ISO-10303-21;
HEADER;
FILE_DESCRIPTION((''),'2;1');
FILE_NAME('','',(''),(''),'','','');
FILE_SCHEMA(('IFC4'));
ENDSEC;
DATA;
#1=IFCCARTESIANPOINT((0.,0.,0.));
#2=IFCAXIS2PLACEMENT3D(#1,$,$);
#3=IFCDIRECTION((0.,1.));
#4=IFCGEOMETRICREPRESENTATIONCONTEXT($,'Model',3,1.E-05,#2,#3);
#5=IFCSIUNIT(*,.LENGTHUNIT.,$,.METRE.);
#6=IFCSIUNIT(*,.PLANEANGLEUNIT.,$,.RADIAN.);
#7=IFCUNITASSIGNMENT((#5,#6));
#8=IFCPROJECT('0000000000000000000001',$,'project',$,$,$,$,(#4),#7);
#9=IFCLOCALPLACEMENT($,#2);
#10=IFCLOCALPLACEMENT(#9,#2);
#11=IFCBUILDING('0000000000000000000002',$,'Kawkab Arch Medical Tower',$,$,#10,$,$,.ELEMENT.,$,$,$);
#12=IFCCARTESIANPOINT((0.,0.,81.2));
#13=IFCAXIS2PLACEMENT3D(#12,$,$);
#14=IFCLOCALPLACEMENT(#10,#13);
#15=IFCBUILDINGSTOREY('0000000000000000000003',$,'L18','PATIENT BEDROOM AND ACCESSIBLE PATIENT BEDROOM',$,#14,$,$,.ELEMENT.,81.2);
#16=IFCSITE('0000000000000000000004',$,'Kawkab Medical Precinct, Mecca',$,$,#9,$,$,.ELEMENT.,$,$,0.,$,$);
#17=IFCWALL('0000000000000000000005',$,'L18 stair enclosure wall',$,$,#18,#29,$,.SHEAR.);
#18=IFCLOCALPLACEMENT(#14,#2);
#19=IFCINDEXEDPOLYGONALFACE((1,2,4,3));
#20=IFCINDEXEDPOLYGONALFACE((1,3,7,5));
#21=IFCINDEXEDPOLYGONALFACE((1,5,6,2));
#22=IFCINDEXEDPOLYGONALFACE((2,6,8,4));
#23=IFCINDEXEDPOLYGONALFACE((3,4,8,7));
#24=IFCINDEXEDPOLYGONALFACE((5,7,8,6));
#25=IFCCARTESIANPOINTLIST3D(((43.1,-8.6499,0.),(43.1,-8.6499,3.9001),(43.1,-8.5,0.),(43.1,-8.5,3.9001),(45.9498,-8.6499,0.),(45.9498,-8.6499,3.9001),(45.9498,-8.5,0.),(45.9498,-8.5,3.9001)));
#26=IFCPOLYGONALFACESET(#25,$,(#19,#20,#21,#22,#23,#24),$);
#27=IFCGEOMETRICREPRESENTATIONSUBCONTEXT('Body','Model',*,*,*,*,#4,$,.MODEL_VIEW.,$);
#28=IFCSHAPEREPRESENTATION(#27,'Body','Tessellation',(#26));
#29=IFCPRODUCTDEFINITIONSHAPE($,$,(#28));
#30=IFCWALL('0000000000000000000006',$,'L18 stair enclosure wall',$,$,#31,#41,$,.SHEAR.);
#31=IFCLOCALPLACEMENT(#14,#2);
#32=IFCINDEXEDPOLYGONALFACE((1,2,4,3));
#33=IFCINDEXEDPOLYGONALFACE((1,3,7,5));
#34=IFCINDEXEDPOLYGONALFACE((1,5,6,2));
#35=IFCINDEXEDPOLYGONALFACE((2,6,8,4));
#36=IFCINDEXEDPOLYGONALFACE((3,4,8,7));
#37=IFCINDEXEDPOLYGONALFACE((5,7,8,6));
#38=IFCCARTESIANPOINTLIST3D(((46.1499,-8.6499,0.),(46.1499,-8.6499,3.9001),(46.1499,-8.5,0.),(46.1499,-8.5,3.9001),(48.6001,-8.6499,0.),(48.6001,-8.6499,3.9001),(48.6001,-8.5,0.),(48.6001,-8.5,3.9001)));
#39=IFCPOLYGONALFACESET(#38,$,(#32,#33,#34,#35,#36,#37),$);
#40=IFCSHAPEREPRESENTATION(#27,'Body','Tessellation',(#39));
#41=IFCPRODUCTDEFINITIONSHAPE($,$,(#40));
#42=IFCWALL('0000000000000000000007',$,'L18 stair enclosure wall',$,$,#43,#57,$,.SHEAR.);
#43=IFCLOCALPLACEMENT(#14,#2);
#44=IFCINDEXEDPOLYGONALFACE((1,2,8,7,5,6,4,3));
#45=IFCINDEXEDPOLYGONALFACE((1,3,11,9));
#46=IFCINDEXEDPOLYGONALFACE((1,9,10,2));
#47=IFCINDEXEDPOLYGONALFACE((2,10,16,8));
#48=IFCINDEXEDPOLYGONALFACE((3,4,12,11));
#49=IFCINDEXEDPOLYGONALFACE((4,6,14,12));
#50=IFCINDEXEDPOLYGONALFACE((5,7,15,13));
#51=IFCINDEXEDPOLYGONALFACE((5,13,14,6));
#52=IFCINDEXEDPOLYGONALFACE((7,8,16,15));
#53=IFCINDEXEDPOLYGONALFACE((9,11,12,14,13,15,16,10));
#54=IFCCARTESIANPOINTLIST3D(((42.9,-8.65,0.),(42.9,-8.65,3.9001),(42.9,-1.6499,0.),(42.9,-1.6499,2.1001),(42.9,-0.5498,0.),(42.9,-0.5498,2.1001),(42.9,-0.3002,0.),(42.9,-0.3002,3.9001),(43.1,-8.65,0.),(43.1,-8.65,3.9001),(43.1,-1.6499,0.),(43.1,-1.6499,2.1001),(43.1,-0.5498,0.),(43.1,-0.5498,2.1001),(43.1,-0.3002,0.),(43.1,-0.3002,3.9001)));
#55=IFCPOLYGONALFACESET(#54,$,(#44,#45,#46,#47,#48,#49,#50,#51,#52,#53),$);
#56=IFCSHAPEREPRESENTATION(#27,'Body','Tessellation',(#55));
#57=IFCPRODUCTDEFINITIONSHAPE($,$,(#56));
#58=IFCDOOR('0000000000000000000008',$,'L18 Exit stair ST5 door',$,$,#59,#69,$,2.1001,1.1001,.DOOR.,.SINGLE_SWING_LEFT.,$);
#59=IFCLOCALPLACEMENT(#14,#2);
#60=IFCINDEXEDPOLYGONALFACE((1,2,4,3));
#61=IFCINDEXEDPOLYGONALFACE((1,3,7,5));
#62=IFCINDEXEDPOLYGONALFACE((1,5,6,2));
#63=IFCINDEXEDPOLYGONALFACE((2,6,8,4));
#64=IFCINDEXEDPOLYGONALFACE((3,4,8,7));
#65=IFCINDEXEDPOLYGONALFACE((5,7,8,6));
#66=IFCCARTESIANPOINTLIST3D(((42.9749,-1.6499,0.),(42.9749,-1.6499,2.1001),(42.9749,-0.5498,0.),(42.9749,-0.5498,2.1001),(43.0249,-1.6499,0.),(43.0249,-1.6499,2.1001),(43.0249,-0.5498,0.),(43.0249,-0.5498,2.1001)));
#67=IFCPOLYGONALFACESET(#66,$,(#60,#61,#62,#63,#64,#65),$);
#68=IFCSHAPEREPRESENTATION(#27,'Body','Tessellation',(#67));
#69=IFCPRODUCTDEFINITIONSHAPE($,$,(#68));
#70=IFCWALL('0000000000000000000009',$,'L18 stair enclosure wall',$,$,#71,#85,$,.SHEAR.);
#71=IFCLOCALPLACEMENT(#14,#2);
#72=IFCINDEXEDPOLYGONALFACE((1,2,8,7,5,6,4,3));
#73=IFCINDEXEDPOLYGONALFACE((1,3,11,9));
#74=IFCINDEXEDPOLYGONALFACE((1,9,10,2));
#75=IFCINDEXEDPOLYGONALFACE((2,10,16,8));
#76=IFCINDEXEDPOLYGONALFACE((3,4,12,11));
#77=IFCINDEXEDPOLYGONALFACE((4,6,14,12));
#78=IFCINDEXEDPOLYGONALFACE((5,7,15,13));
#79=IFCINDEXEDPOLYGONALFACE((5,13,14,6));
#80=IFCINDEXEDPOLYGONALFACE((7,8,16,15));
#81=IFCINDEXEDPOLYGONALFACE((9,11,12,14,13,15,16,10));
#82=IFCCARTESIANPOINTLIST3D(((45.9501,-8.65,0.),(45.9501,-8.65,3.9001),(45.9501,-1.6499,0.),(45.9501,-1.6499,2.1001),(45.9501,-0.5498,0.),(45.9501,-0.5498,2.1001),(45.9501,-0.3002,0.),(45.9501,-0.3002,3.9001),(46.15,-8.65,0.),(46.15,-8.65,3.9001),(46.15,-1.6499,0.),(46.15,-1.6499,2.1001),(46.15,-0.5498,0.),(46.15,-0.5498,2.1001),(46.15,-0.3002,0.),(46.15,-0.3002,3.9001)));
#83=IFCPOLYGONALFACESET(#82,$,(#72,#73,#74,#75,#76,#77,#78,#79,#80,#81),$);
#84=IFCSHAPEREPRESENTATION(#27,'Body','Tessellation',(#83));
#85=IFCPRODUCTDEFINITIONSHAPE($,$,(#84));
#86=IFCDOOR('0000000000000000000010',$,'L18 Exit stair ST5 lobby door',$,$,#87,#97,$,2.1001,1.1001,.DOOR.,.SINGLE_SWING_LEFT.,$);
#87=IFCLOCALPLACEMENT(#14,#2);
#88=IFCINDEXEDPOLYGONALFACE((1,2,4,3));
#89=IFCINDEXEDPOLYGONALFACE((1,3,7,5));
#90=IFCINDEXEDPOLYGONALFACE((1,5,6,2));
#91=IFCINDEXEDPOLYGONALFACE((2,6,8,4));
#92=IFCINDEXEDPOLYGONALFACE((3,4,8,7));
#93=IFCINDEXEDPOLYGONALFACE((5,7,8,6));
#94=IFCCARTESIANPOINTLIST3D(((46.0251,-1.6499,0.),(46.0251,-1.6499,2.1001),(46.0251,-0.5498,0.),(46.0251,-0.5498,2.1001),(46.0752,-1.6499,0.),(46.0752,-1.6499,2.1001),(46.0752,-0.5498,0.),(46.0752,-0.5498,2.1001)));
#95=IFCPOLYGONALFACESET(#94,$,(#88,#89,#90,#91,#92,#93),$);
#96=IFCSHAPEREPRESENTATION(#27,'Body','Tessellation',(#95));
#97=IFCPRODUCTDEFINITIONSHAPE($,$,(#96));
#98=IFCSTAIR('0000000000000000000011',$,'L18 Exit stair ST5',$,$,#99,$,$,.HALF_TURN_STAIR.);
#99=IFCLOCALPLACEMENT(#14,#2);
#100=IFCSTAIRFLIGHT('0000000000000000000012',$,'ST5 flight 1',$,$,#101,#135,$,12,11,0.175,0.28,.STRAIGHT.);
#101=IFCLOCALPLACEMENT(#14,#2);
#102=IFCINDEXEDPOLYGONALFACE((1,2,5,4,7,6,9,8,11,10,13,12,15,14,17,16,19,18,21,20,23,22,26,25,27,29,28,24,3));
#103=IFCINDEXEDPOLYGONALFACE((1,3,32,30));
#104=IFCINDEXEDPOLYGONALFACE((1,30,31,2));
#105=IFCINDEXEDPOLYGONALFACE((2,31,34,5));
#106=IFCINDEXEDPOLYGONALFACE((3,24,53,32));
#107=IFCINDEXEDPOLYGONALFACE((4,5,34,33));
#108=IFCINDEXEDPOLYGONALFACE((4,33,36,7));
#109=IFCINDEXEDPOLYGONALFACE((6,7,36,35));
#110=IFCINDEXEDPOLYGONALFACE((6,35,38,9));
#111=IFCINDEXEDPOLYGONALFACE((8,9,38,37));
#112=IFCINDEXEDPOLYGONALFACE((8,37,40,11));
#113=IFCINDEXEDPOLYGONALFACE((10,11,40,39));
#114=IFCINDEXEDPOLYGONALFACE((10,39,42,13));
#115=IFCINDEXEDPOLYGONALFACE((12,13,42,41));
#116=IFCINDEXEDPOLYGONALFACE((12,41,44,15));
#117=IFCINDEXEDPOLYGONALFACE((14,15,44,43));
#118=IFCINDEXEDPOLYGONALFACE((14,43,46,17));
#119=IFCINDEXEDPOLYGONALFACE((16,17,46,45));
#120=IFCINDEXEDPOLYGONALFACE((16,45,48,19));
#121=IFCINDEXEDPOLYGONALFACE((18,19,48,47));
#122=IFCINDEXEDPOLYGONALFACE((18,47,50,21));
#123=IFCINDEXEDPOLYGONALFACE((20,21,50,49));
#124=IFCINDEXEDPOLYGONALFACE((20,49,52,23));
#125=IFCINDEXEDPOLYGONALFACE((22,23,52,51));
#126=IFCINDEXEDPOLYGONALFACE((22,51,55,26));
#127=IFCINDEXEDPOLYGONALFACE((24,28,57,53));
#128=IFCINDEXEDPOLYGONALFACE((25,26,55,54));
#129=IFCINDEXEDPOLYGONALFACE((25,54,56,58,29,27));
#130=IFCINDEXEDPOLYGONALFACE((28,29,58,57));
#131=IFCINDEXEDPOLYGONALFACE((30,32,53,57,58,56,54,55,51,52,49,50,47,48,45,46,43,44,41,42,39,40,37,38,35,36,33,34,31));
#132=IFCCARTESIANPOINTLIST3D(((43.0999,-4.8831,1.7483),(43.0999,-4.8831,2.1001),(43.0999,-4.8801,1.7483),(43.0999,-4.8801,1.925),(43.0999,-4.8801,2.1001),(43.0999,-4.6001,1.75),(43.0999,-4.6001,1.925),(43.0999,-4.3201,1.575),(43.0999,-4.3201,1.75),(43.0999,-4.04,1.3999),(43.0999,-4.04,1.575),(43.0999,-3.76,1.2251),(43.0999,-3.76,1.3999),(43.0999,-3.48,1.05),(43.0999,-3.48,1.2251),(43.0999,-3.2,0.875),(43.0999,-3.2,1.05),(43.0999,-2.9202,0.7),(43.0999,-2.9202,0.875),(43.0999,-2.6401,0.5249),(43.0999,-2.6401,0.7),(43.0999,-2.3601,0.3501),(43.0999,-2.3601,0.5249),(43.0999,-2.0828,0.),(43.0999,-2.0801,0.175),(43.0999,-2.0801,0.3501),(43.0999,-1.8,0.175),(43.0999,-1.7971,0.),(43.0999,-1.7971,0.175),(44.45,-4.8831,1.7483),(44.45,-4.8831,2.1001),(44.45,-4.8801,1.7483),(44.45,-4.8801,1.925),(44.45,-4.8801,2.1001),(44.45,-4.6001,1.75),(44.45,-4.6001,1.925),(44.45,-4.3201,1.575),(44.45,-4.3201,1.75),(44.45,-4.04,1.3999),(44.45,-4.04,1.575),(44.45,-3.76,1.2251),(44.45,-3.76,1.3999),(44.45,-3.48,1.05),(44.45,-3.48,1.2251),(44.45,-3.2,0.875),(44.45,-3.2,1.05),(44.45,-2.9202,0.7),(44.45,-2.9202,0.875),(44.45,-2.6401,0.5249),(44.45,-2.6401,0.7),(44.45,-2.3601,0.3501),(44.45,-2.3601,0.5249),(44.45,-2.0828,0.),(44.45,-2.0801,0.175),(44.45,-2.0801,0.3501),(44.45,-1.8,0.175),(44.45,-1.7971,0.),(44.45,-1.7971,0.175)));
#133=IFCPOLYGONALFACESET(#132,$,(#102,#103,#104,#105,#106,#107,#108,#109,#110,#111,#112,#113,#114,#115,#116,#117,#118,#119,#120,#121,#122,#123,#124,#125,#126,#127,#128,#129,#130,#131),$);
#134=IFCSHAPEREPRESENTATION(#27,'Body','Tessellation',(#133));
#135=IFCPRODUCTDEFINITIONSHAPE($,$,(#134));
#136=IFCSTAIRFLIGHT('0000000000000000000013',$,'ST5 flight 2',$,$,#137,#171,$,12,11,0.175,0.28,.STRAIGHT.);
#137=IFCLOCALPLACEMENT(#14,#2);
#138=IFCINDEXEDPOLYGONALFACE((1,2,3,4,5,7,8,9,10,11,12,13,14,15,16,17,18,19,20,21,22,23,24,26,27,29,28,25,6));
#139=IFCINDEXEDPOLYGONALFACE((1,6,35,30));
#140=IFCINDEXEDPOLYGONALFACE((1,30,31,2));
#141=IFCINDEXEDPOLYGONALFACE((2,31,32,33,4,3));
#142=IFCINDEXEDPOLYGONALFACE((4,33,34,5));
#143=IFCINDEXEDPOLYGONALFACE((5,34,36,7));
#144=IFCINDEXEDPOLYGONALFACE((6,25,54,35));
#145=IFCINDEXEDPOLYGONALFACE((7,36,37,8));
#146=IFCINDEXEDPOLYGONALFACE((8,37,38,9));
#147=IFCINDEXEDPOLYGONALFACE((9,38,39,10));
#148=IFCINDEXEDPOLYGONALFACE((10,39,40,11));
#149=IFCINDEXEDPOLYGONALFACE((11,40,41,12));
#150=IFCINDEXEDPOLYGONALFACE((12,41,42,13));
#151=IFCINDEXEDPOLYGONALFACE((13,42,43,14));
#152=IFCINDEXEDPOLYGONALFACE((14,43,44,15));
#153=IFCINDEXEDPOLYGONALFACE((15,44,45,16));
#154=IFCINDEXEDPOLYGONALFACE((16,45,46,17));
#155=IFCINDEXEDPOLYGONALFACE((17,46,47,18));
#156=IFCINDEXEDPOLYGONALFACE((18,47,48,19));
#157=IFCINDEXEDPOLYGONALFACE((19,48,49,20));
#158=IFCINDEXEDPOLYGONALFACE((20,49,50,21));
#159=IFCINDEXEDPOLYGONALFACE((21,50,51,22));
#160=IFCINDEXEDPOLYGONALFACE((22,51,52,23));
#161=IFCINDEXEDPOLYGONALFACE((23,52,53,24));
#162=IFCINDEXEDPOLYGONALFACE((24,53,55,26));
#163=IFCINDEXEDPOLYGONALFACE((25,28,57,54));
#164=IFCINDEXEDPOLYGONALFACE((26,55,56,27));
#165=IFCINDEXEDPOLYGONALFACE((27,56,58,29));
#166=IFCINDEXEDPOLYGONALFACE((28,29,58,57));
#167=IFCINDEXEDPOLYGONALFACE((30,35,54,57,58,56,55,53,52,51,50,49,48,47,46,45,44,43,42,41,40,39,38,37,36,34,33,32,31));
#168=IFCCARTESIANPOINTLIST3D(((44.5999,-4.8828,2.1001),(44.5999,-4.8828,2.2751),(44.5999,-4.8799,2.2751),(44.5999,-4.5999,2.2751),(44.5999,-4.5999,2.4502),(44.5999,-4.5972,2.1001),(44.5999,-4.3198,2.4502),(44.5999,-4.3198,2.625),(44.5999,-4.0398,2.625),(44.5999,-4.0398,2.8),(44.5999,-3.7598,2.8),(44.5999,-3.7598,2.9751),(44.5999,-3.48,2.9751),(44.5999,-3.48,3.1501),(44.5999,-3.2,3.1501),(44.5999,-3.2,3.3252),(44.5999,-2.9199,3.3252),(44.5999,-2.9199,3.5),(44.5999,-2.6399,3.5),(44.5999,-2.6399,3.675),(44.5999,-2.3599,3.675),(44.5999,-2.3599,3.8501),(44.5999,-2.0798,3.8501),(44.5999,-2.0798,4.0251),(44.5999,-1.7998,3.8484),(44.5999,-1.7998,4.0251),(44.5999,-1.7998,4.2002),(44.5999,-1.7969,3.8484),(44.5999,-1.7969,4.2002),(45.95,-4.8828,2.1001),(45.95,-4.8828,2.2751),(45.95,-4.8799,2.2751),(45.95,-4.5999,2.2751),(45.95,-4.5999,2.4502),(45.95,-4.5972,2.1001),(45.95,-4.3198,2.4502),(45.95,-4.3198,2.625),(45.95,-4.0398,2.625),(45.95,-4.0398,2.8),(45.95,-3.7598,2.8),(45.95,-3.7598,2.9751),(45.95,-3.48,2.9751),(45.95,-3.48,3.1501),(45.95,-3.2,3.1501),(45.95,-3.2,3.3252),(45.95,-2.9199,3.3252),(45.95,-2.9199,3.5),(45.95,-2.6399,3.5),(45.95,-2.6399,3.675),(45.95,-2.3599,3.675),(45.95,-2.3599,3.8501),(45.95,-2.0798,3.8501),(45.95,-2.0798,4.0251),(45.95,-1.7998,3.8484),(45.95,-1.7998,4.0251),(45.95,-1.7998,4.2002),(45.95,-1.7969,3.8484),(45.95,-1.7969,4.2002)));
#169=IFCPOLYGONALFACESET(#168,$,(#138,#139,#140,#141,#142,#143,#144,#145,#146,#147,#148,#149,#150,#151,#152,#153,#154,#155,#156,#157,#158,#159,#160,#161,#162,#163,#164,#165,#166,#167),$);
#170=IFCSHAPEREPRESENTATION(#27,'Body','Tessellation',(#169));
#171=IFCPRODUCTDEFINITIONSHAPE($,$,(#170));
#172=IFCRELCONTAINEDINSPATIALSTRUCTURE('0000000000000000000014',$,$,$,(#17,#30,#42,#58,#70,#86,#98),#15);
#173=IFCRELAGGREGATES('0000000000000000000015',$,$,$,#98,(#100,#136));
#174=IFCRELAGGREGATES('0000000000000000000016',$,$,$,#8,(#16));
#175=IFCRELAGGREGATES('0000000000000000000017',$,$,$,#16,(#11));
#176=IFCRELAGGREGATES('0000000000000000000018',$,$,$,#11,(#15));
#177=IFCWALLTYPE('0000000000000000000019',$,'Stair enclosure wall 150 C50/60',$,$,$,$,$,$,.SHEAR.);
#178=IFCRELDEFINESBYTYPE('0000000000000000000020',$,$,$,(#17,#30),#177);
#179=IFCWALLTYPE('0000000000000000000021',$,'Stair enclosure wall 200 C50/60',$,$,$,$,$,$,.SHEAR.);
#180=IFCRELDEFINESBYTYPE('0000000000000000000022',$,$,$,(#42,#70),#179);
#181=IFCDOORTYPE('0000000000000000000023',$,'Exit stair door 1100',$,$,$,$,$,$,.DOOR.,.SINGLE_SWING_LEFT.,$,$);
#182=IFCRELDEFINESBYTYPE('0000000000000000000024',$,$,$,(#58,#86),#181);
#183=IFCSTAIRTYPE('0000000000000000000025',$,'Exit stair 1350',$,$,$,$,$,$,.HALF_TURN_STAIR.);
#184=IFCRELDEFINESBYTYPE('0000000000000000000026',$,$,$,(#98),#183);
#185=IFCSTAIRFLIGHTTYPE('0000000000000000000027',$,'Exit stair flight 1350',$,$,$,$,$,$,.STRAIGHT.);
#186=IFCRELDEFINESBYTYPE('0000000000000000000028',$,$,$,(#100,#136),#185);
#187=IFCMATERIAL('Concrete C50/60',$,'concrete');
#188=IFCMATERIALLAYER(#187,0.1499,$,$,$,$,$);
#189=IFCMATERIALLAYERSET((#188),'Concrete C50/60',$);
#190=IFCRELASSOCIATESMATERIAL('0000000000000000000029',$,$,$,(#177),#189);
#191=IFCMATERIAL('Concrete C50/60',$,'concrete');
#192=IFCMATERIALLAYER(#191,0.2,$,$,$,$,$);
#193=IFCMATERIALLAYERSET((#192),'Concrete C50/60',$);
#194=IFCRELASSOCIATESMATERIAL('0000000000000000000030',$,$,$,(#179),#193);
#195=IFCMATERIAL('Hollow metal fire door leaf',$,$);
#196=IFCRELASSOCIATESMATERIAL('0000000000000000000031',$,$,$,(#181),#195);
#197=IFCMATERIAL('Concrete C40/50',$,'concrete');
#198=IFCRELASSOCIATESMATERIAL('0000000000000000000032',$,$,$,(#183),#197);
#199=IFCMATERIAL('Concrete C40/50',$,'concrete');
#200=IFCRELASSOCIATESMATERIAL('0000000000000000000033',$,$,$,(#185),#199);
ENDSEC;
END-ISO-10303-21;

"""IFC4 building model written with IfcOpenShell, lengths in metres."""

from ifc_helpers import new_model, si_unit, direction, frame, frame_2d, origin, place, context, subcontext, project, spatial, polyline, rectangle, outline, extrude, material, layer, layer_set, type_object, element, fill, aggregate, save


model = new_model("IFC4")

# Units and contexts
model_context = context("Model", 3, precision=1e-05, world=origin(), true_north=direction((0.0, 1.0)))
body_context = subcontext(model_context, "Body", "Model", "MODEL_VIEW")
ifc_project = project(units=[si_unit("LENGTHUNIT", "METRE"), si_unit("PLANEANGLEUNIT", "RADIAN")], contexts=[model_context])

# Site, building, storey
site_placement = place(None, origin())
site = spatial("IfcSite", under=ifc_project, at=site_placement, Name="Kawkab Medical Precinct, Mecca", CompositionType="ELEMENT", RefElevation=0.0)
building_placement = place(site_placement, origin())
building = spatial("IfcBuilding", under=site, at=building_placement, Name="Kawkab Arch Medical Tower", CompositionType="ELEMENT")
storey_placement = place(building_placement, frame((0.0, 0.0, 81.2)))
storey = spatial("IfcBuildingStorey", under=building, at=storey_placement, Name="L18", Description="PATIENT BEDROOM AND ACCESSIBLE PATIENT BEDROOM", CompositionType="ELEMENT", Elevation=81.2)

# Walls
ifc_material_1 = material(Name="Concrete C50/60", Category="concrete")
ifc_layer_1 = layer(ifc_material_1, 0.1499)
ifc_layer_set_1 = layer_set([ifc_layer_1], Name="Concrete C50/60")
wall_type_1 = type_object("IfcWallType", Name="Stair enclosure wall 150 C50/60", PredefinedType="SHEAR", material=ifc_layer_set_1)
wall_1_placement = place(storey_placement, frame((43.1001, -8.575, 0.0), z_axis=(0.0, 0.0, 1.0), x_axis=(1.0, 0.0, 0.0)))
element("IfcWall", 1, at=wall_1_placement, inside=storey, type_object=wall_type_1, Name="L18 stair enclosure wall", PredefinedType="SHEAR", context=body_context, shape_type="SweptSolid", body=[
    extrude(rectangle(XDim=2.8499, YDim=0.1499, at=frame_2d((1.4248, 0.0))), origin(), (0.0, 0.0, 1.0), 3.9001),
])
wall_2_placement = place(storey_placement, frame((46.1499, -8.575, 0.0), z_axis=(0.0, 0.0, 1.0), x_axis=(1.0, 0.0, 0.0)))
element("IfcWall", 2, at=wall_2_placement, inside=storey, type_object=wall_type_1, Name="L18 stair enclosure wall", PredefinedType="SHEAR", context=body_context, shape_type="SweptSolid", body=[
    extrude(rectangle(XDim=2.4502, YDim=0.1499, at=frame_2d((1.2251, 0.0))), origin(), (0.0, 0.0, 1.0), 3.9001),
])

# Walls, openings, doors
ifc_material_2 = material(Name="Concrete C50/60", Category="concrete")
ifc_layer_2 = layer(ifc_material_2, 0.2)
ifc_layer_set_2 = layer_set([ifc_layer_2], Name="Concrete C50/60")
wall_type_2 = type_object("IfcWallType", Name="Stair enclosure wall 200 C50/60", PredefinedType="SHEAR", material=ifc_layer_set_2)
wall_3_placement = place(storey_placement, frame((43.0, -8.6499, 0.0), z_axis=(0.0, 0.0, 1.0), x_axis=(0.0, 1.0, 0.0)))
wall_3 = element("IfcWall", 3, at=wall_3_placement, inside=storey, type_object=wall_type_2, Name="L18 stair enclosure wall", PredefinedType="SHEAR", context=body_context, shape_type="SweptSolid", body=[
    extrude(rectangle(XDim=8.3499, YDim=0.2, at=frame_2d((4.1748, 0.0))), origin(), (0.0, 0.0, 1.0), 3.9001),
])
opening_1_placement = place(wall_3_placement, frame((7.0, 0.0, 0.0)))
opening_1 = element("IfcOpeningElement", 4, at=opening_1_placement, cuts=wall_3, PredefinedType="OPENING", context=body_context, shape_type="SweptSolid", body=[
    extrude(rectangle(XDim=1.1001, YDim=2.1001, at=frame_2d((0.55, 1.05))), frame((0.0, 0.1099, 0.0), z_axis=(0.0, -1.0, 0.0), x_axis=(1.0, 0.0, 0.0)), (0.0, 0.0, 1.0), 0.22),
])
ifc_material_3 = material(Name="Hollow metal fire door leaf")
door_type_1 = type_object("IfcDoorType", Name="Exit stair door 1100", OperationType="SINGLE_SWING_LEFT", PredefinedType="DOOR", material=ifc_material_3)
door_1_placement = place(opening_1_placement, frame((1.1001, 0.0, 0.0), z_axis=(0.0, 0.0, 1.0), x_axis=(-1.0, 0.0, 0.0)))
door_1 = element("IfcDoor", 5, at=door_1_placement, inside=storey, type_object=door_type_1, Name="L18 Exit stair ST5 door", OperationType="SINGLE_SWING_LEFT", OverallHeight=2.1001, OverallWidth=1.1001, PredefinedType="DOOR", context=body_context, shape_type="SweptSolid", body=[
    extrude(rectangle(XDim=1.1001, YDim=2.1001, at=frame_2d((0.55, 1.05))), frame((0.0, 0.0249, 0.0), z_axis=(0.0, -1.0, 0.0), x_axis=(1.0, 0.0, 0.0)), (0.0, 0.0, 1.0), 0.05),
])
fill(opening_1, door_1)
wall_4_placement = place(storey_placement, frame((46.05, -8.6499, 0.0), z_axis=(0.0, 0.0, 1.0), x_axis=(0.0, 1.0, 0.0)))
wall_4 = element("IfcWall", 6, at=wall_4_placement, inside=storey, type_object=wall_type_2, Name="L18 stair enclosure wall", PredefinedType="SHEAR", context=body_context, shape_type="SweptSolid", body=[
    extrude(rectangle(XDim=8.3499, YDim=0.2, at=frame_2d((4.1748, 0.0))), origin(), (0.0, 0.0, 1.0), 3.9001),
])
opening_2_placement = place(wall_4_placement, frame((7.0, 0.0, 0.0)))
opening_2 = element("IfcOpeningElement", 7, at=opening_2_placement, cuts=wall_4, PredefinedType="OPENING", context=body_context, shape_type="SweptSolid", body=[
    extrude(rectangle(XDim=1.1001, YDim=2.1001, at=frame_2d((0.55, 1.05))), frame((0.0, 0.1099, 0.0), z_axis=(0.0, -1.0, 0.0), x_axis=(1.0, 0.0, 0.0)), (0.0, 0.0, 1.0), 0.22),
])
door_2_placement = place(opening_2_placement, origin())
door_2 = element("IfcDoor", 8, at=door_2_placement, inside=storey, type_object=door_type_1, Name="L18 Exit stair ST5 lobby door", OperationType="SINGLE_SWING_LEFT", OverallHeight=2.1001, OverallWidth=1.1001, PredefinedType="DOOR", context=body_context, shape_type="SweptSolid", body=[
    extrude(rectangle(XDim=1.1001, YDim=2.1001, at=frame_2d((0.55, 1.05))), frame((0.0, 0.0249, 0.0), z_axis=(0.0, -1.0, 0.0), x_axis=(1.0, 0.0, 0.0)), (0.0, 0.0, 1.0), 0.05),
])
fill(opening_2, door_2)

# Stair, stair flights
ifc_material_4 = material(Name="Concrete C40/50", Category="concrete")
stair_type = type_object("IfcStairType", Name="Exit stair 1350", PredefinedType="HALF_TURN_STAIR", material=ifc_material_4)
stair_placement = place(storey_placement, origin())
stair = element("IfcStair", 9, at=stair_placement, inside=storey, type_object=stair_type, Name="L18 Exit stair ST5", PredefinedType="HALF_TURN_STAIR")
ifc_material_5 = material(Name="Concrete C40/50", Category="concrete")
stair_flight_type = type_object("IfcStairFlightType", Name="Exit stair flight 1350", PredefinedType="STRAIGHT", material=ifc_material_5)
stair_flight_1_placement = place(storey_placement, frame((43.7749, -1.8, 0.0), z_axis=(0.0, 0.0, 1.0), x_axis=(0.0, -1.0, 0.0)))
stair_flight_1 = element("IfcStairFlight", 10, at=stair_flight_1_placement, type_object=stair_flight_type, Name="ST5 flight 1", NumberOfRisers=12, NumberOfTreads=11, PredefinedType="STRAIGHT", RiserHeight=0.175, TreadLength=0.28, context=body_context, shape_type="SweptSolid", body=[
    extrude(outline(polyline([(-0.0029, 0.0), (-0.0029, 0.175), (0.0, 0.175), (0.28, 0.175), (0.28, 0.3501), (0.5601, 0.3501), (0.5601, 0.5249), (0.8401, 0.5249), (0.8401, 0.7), (1.1201, 0.7), (1.1201, 0.875), (1.3999, 0.875), (1.3999, 1.05), (1.6799, 1.05), (1.6799, 1.2251), (1.96, 1.2251), (1.96, 1.3999), (2.24, 1.3999), (2.24, 1.575), (2.52, 1.575), (2.52, 1.75), (2.8, 1.75), (2.8, 1.925), (3.0801, 1.925), (3.0801, 2.1001), (3.083, 2.1001), (3.083, 1.7483), (3.0801, 1.7483), (0.2827, 0.0), (-0.0029, 0.0)])), frame((0.0, 0.675, 0.0), z_axis=(0.0, -1.0, 0.0), x_axis=(1.0, 0.0, 0.0)), (0.0, 0.0, 1.0), 1.3501),
])
stair_flight_2_placement = place(storey_placement, frame((45.2749, -4.8799, 2.1001), z_axis=(0.0, 0.0, 1.0), x_axis=(0.0, 1.0, 0.0)))
stair_flight_2 = element("IfcStairFlight", 11, at=stair_flight_2_placement, type_object=stair_flight_type, Name="ST5 flight 2", NumberOfRisers=12, NumberOfTreads=11, PredefinedType="STRAIGHT", RiserHeight=0.175, TreadLength=0.28, context=body_context, shape_type="SweptSolid", body=[
    extrude(outline(polyline([(-0.0029, 0.0), (-0.0029, 0.175), (0.0, 0.175), (0.28, 0.175), (0.28, 0.3501), (0.5601, 0.3501), (0.5601, 0.5249), (0.8401, 0.5249), (0.8401, 0.7), (1.1201, 0.7), (1.1201, 0.875), (1.3999, 0.875), (1.3999, 1.05), (1.6799, 1.05), (1.6799, 1.2251), (1.96, 1.2251), (1.96, 1.3999), (2.24, 1.3999), (2.24, 1.575), (2.52, 1.575), (2.52, 1.75), (2.8, 1.75), (2.8, 1.925), (3.0801, 1.925), (3.0801, 2.1001), (3.083, 2.1001), (3.083, 1.7483), (3.0801, 1.7483), (0.2827, 0.0), (-0.0029, 0.0)])), frame((0.0, 0.675, 0.0), z_axis=(0.0, -1.0, 0.0), x_axis=(1.0, 0.0, 0.0)), (0.0, 0.0, 1.0), 1.3501),
])
aggregate(stair, [stair_flight_1, stair_flight_2])

save(model, "model.ifc")
